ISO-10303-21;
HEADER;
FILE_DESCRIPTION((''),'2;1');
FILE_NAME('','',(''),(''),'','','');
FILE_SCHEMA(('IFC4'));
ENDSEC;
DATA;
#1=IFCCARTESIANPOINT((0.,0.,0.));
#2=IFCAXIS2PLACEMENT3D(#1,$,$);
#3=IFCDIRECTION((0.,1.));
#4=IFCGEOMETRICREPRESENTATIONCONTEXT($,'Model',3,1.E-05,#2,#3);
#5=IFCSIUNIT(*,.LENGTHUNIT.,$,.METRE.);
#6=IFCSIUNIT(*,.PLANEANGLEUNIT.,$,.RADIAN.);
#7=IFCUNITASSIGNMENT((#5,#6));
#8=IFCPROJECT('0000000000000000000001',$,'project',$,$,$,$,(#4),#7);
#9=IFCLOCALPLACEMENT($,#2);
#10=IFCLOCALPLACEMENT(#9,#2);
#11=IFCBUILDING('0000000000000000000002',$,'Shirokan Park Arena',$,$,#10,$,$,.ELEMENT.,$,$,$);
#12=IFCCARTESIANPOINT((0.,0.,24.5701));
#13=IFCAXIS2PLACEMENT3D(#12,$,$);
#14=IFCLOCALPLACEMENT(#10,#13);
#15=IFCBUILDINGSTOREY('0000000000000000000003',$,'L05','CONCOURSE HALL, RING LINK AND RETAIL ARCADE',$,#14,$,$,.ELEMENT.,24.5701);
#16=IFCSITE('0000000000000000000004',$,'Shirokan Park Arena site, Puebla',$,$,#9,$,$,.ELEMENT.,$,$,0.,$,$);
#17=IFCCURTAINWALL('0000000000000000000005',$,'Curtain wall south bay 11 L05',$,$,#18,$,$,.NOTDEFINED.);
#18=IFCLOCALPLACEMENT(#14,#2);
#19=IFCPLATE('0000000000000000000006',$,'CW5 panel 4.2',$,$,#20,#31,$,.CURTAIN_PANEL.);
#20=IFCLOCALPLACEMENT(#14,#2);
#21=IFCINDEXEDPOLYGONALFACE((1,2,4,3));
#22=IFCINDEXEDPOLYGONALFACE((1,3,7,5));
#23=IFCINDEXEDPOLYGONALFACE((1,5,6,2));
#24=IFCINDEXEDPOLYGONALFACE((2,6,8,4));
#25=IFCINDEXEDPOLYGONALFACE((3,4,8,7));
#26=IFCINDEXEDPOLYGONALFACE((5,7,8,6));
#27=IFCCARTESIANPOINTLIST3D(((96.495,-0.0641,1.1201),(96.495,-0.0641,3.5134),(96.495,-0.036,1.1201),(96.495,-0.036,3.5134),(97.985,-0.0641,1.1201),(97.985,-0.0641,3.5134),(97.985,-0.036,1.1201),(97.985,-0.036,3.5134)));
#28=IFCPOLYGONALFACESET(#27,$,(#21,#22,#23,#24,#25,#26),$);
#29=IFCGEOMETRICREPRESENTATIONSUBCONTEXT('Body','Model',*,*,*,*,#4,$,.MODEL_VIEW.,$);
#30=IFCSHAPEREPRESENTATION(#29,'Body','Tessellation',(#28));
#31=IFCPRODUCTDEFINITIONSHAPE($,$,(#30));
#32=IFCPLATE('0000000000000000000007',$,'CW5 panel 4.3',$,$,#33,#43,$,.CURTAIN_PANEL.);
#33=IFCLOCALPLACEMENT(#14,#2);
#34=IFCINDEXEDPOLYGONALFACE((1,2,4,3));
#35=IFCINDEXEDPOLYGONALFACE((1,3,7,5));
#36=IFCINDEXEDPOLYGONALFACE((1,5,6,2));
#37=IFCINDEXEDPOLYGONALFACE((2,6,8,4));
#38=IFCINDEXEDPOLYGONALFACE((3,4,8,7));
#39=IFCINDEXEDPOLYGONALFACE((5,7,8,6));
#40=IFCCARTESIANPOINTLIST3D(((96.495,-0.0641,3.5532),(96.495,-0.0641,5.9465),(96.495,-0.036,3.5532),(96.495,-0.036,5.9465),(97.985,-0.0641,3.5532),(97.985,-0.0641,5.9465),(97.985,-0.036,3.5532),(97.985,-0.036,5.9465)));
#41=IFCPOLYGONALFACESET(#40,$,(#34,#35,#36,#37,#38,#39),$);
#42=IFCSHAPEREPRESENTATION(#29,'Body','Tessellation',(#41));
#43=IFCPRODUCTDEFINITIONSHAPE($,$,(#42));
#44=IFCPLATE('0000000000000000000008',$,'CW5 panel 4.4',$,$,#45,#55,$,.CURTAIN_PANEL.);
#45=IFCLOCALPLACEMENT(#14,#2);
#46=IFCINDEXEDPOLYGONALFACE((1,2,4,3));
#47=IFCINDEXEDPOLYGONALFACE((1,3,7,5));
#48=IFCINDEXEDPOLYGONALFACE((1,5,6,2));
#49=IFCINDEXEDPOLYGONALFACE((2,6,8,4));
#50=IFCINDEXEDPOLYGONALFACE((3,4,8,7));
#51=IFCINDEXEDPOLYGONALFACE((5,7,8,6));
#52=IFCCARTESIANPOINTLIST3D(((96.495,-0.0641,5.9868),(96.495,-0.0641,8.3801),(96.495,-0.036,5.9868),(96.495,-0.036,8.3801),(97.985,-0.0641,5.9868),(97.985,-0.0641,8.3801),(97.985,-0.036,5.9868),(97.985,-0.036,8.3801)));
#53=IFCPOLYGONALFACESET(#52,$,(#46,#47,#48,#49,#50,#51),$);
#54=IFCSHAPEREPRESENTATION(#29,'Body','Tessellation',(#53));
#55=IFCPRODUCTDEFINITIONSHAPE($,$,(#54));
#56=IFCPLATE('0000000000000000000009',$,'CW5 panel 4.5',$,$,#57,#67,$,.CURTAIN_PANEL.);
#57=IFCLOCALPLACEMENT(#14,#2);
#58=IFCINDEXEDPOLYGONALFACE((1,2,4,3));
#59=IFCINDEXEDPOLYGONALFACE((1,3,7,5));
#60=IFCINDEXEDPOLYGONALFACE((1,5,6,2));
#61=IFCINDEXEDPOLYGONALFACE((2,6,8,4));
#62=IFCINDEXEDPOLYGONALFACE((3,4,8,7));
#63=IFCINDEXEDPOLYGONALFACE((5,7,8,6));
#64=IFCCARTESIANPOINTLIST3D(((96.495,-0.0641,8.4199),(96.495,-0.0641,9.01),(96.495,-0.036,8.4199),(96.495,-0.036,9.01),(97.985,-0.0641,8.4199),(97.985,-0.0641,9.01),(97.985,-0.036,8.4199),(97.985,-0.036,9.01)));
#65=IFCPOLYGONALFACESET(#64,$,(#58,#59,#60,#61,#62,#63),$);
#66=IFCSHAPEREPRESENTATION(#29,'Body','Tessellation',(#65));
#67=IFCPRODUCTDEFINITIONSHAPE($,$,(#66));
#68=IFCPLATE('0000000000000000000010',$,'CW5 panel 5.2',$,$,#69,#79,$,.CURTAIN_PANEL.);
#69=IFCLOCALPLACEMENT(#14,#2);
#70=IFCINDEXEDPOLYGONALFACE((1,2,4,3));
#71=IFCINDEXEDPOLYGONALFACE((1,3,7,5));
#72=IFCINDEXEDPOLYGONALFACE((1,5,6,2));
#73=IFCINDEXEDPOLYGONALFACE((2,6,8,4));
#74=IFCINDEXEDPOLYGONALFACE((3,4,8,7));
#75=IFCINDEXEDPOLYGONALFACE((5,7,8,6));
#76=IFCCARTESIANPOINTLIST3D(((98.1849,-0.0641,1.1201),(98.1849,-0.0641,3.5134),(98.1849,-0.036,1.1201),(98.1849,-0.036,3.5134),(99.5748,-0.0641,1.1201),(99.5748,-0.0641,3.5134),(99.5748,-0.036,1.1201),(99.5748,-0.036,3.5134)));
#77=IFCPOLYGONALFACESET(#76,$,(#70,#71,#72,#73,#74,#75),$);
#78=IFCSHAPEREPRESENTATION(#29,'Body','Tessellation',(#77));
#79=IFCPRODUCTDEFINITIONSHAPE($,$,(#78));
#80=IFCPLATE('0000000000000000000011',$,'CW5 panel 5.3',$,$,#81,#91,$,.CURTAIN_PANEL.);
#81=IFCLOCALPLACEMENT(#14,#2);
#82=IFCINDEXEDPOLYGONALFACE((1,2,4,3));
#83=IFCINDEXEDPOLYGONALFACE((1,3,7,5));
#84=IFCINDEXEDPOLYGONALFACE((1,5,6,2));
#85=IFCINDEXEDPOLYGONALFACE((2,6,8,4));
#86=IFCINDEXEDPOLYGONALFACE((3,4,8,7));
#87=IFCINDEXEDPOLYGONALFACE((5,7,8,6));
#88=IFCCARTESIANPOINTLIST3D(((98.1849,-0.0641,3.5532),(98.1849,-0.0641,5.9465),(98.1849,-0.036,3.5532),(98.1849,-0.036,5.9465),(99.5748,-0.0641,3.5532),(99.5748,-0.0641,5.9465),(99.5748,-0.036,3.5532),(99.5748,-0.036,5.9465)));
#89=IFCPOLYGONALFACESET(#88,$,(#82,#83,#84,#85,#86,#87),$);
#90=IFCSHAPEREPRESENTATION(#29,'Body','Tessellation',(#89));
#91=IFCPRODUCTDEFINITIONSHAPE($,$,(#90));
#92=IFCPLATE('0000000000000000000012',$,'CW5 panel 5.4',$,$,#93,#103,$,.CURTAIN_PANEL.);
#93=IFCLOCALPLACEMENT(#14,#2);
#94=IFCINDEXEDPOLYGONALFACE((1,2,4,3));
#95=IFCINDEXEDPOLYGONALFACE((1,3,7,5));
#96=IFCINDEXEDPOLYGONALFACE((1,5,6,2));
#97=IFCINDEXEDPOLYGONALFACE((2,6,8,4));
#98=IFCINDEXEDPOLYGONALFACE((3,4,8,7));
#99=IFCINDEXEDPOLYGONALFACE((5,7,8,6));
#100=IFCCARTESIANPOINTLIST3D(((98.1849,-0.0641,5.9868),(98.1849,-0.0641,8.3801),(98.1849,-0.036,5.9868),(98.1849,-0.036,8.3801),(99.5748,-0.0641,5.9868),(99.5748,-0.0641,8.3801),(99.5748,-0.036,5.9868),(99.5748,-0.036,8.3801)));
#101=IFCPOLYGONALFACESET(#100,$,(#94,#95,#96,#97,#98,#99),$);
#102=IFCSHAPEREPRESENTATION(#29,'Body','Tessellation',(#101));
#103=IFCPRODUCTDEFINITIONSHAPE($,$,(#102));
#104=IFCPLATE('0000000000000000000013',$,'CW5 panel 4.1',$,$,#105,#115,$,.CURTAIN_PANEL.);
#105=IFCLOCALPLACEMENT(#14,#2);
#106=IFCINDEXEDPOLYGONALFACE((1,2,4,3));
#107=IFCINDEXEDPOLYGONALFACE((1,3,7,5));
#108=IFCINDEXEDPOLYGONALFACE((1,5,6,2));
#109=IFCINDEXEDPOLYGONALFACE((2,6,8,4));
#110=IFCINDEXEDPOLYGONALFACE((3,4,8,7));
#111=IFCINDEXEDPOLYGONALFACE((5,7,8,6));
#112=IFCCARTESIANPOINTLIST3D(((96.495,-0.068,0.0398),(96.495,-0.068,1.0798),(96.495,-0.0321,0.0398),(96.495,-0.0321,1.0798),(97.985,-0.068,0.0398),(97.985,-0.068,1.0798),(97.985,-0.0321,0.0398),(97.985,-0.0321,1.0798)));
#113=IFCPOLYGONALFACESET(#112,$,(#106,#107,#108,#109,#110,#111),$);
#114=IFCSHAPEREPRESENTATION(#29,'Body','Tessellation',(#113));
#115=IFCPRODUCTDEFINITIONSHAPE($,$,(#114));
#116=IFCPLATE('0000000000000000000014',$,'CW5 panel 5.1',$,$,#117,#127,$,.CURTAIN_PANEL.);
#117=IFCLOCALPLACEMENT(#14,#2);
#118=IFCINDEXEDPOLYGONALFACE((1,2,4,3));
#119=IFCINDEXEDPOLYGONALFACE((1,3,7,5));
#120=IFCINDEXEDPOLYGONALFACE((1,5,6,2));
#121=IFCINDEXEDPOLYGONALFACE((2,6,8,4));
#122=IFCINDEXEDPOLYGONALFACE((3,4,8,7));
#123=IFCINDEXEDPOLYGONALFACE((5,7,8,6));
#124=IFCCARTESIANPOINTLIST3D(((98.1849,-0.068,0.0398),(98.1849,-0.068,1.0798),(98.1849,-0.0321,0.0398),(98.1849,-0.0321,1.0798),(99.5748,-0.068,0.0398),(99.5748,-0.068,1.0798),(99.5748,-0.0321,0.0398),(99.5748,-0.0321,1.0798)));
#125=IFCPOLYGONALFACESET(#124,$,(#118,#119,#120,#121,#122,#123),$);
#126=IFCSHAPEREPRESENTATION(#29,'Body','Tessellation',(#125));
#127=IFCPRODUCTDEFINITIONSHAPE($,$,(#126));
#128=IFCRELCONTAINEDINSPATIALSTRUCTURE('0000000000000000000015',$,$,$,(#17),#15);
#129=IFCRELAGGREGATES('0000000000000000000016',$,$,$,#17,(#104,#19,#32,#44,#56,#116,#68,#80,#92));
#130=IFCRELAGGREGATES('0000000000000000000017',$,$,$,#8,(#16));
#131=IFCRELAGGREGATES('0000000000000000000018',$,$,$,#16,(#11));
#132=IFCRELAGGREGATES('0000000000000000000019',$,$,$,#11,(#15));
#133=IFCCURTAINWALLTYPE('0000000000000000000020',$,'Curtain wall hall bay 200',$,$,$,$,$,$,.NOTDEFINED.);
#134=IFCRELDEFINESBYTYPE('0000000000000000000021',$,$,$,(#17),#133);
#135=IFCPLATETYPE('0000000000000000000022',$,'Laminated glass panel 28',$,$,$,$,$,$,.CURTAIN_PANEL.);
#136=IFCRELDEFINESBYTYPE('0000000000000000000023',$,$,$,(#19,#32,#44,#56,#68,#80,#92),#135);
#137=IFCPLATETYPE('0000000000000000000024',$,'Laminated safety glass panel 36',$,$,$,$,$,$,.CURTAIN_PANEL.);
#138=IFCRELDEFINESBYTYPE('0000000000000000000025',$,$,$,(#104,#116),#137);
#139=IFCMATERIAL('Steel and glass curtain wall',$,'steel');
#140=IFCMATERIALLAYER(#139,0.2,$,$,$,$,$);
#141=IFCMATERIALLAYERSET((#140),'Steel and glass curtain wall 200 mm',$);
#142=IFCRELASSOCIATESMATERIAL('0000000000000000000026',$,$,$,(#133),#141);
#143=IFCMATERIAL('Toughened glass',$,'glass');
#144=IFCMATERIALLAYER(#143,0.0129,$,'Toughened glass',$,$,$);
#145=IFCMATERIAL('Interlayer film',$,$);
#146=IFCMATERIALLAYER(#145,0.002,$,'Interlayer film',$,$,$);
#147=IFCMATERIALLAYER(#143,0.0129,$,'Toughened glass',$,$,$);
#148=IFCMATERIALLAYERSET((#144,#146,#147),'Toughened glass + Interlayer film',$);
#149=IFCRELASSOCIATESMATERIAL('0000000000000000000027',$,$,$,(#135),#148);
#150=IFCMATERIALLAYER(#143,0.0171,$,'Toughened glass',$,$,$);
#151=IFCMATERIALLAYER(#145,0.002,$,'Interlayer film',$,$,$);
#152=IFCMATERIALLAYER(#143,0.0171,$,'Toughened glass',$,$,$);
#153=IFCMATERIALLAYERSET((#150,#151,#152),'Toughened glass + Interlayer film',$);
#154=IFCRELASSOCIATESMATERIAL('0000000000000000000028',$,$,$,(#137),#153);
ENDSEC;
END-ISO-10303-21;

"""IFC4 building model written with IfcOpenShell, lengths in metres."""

from ifc_helpers import new_model, si_unit, direction, frame, origin, origin_2d, place, context, subcontext, project, spatial, rectangle, extrude, material, layer, layer_set, type_object, element, aggregate, save


model = new_model("IFC4")

# Units and contexts
model_context = context("Model", 3, precision=1e-05, world=origin(), true_north=direction((0.0, 1.0)))
body_context = subcontext(model_context, "Body", "Model", "MODEL_VIEW")
ifc_project = project(units=[si_unit("LENGTHUNIT", "METRE"), si_unit("PLANEANGLEUNIT", "RADIAN")], contexts=[model_context])

# Site, building, storey
site_placement = place(None, origin())
site = spatial("IfcSite", under=ifc_project, at=site_placement, Name="Shirokan Park Arena site, Puebla", CompositionType="ELEMENT", RefElevation=0.0)
building_placement = place(site_placement, origin())
building = spatial("IfcBuilding", under=site, at=building_placement, Name="Shirokan Park Arena", CompositionType="ELEMENT")
storey_placement = place(building_placement, frame((0.0, 0.0, 24.5701)))
storey = spatial("IfcBuildingStorey", under=building, at=storey_placement, Name="L05", Description="CONCOURSE HALL, RING LINK AND RETAIL ARCADE", CompositionType="ELEMENT", Elevation=24.5701)

# Curtain wall, plates
ifc_material_1 = material(Name="Steel and glass curtain wall", Category="steel")
ifc_layer_1 = layer(ifc_material_1, 0.2)
ifc_layer_set_1 = layer_set([ifc_layer_1], Name="Steel and glass curtain wall 200 mm")
curtain_wall_type = type_object("IfcCurtainWallType", Name="Curtain wall hall bay 200", PredefinedType="NOTDEFINED", material=ifc_layer_set_1)
curtain_wall_placement = place(storey_placement, origin())
curtain_wall = element("IfcCurtainWall", 1, at=curtain_wall_placement, inside=storey, type_object=curtain_wall_type, Name="Curtain wall south bay 11 L05", PredefinedType="NOTDEFINED")
ifc_material_2 = material(Name="Toughened glass", Category="glass")
ifc_layer_2 = layer(ifc_material_2, 0.0129, Name="Toughened glass")
ifc_material_3 = material(Name="Interlayer film")
ifc_layer_3 = layer(ifc_material_3, 0.002, Name="Interlayer film")
ifc_layer_4 = layer(ifc_material_2, 0.0129, Name="Toughened glass")
ifc_layer_set_2 = layer_set([ifc_layer_2, ifc_layer_3, ifc_layer_4], Name="Toughened glass + Interlayer film")
plate_type_1 = type_object("IfcPlateType", Name="Laminated glass panel 28", PredefinedType="CURTAIN_PANEL", material=ifc_layer_set_2)
plate_1_placement = place(storey_placement, frame((97.24, -0.05, 1.1201), z_axis=(0.0, 0.0, 1.0), x_axis=(1.0, 0.0, 0.0)))
plate_1 = element("IfcPlate", 2, at=plate_1_placement, type_object=plate_type_1, Name="CW5 panel 4.2", PredefinedType="CURTAIN_PANEL", context=body_context, shape_type="SweptSolid", body=[
    extrude(rectangle(XDim=1.49, YDim=0.0281, at=origin_2d()), origin(), (0.0, 0.0, 1.0), 2.3933),
])
plate_2_placement = place(storey_placement, frame((97.24, -0.05, 3.5532), z_axis=(0.0, 0.0, 1.0), x_axis=(1.0, 0.0, 0.0)))
plate_2 = element("IfcPlate", 3, at=plate_2_placement, type_object=plate_type_1, Name="CW5 panel 4.3", PredefinedType="CURTAIN_PANEL", context=body_context, shape_type="SweptSolid", body=[
    extrude(rectangle(XDim=1.49, YDim=0.0281, at=origin_2d()), origin(), (0.0, 0.0, 1.0), 2.3933),
])
plate_3_placement = place(storey_placement, frame((97.24, -0.05, 5.9868), z_axis=(0.0, 0.0, 1.0), x_axis=(1.0, 0.0, 0.0)))
plate_3 = element("IfcPlate", 4, at=plate_3_placement, type_object=plate_type_1, Name="CW5 panel 4.4", PredefinedType="CURTAIN_PANEL", context=body_context, shape_type="SweptSolid", body=[
    extrude(rectangle(XDim=1.49, YDim=0.0281, at=origin_2d()), origin(), (0.0, 0.0, 1.0), 2.3933),
])
plate_4_placement = place(storey_placement, frame((97.24, -0.05, 8.4199), z_axis=(0.0, 0.0, 1.0), x_axis=(1.0, 0.0, 0.0)))
plate_4 = element("IfcPlate", 5, at=plate_4_placement, type_object=plate_type_1, Name="CW5 panel 4.5", PredefinedType="CURTAIN_PANEL", context=body_context, shape_type="SweptSolid", body=[
    extrude(rectangle(XDim=1.49, YDim=0.0281, at=origin_2d()), origin(), (0.0, 0.0, 1.0), 0.5901),
])
plate_5_placement = place(storey_placement, frame((98.8799, -0.05, 1.1201), z_axis=(0.0, 0.0, 1.0), x_axis=(1.0, 0.0, 0.0)))
plate_5 = element("IfcPlate", 6, at=plate_5_placement, type_object=plate_type_1, Name="CW5 panel 5.2", PredefinedType="CURTAIN_PANEL", context=body_context, shape_type="SweptSolid", body=[
    extrude(rectangle(XDim=1.3899, YDim=0.0281, at=origin_2d()), origin(), (0.0, 0.0, 1.0), 2.3933),
])
plate_6_placement = place(storey_placement, frame((98.8799, -0.05, 3.5532), z_axis=(0.0, 0.0, 1.0), x_axis=(1.0, 0.0, 0.0)))
plate_6 = element("IfcPlate", 7, at=plate_6_placement, type_object=plate_type_1, Name="CW5 panel 5.3", PredefinedType="CURTAIN_PANEL", context=body_context, shape_type="SweptSolid", body=[
    extrude(rectangle(XDim=1.3899, YDim=0.0281, at=origin_2d()), origin(), (0.0, 0.0, 1.0), 2.3933),
])
plate_7_placement = place(storey_placement, frame((98.8799, -0.05, 5.9868), z_axis=(0.0, 0.0, 1.0), x_axis=(1.0, 0.0, 0.0)))
plate_7 = element("IfcPlate", 8, at=plate_7_placement, type_object=plate_type_1, Name="CW5 panel 5.4", PredefinedType="CURTAIN_PANEL", context=body_context, shape_type="SweptSolid", body=[
    extrude(rectangle(XDim=1.3899, YDim=0.0281, at=origin_2d()), origin(), (0.0, 0.0, 1.0), 2.3933),
])
ifc_layer_5 = layer(ifc_material_2, 0.0171, Name="Toughened glass")
ifc_layer_6 = layer(ifc_material_3, 0.002, Name="Interlayer film")
ifc_layer_7 = layer(ifc_material_2, 0.0171, Name="Toughened glass")
ifc_layer_set_3 = layer_set([ifc_layer_5, ifc_layer_6, ifc_layer_7], Name="Toughened glass + Interlayer film")
plate_type_2 = type_object("IfcPlateType", Name="Laminated safety glass panel 36", PredefinedType="CURTAIN_PANEL", material=ifc_layer_set_3)
plate_8_placement = place(storey_placement, frame((97.24, -0.05, 0.0398), z_axis=(0.0, 0.0, 1.0), x_axis=(1.0, 0.0, 0.0)))
plate_8 = element("IfcPlate", 9, at=plate_8_placement, type_object=plate_type_2, Name="CW5 panel 4.1", PredefinedType="CURTAIN_PANEL", context=body_context, shape_type="SweptSolid", body=[
    extrude(rectangle(XDim=1.49, YDim=0.0359, at=origin_2d()), origin(), (0.0, 0.0, 1.0), 1.04),
])
plate_9_placement = place(storey_placement, frame((98.8799, -0.05, 0.0398), z_axis=(0.0, 0.0, 1.0), x_axis=(1.0, 0.0, 0.0)))
plate_9 = element("IfcPlate", 10, at=plate_9_placement, type_object=plate_type_2, Name="CW5 panel 5.1", PredefinedType="CURTAIN_PANEL", context=body_context, shape_type="SweptSolid", body=[
    extrude(rectangle(XDim=1.3899, YDim=0.0359, at=origin_2d()), origin(), (0.0, 0.0, 1.0), 1.04),
])
aggregate(curtain_wall, [plate_8, plate_1, plate_2, plate_3, plate_4, plate_9, plate_5, plate_6, plate_7])

save(model, "model.ifc")
